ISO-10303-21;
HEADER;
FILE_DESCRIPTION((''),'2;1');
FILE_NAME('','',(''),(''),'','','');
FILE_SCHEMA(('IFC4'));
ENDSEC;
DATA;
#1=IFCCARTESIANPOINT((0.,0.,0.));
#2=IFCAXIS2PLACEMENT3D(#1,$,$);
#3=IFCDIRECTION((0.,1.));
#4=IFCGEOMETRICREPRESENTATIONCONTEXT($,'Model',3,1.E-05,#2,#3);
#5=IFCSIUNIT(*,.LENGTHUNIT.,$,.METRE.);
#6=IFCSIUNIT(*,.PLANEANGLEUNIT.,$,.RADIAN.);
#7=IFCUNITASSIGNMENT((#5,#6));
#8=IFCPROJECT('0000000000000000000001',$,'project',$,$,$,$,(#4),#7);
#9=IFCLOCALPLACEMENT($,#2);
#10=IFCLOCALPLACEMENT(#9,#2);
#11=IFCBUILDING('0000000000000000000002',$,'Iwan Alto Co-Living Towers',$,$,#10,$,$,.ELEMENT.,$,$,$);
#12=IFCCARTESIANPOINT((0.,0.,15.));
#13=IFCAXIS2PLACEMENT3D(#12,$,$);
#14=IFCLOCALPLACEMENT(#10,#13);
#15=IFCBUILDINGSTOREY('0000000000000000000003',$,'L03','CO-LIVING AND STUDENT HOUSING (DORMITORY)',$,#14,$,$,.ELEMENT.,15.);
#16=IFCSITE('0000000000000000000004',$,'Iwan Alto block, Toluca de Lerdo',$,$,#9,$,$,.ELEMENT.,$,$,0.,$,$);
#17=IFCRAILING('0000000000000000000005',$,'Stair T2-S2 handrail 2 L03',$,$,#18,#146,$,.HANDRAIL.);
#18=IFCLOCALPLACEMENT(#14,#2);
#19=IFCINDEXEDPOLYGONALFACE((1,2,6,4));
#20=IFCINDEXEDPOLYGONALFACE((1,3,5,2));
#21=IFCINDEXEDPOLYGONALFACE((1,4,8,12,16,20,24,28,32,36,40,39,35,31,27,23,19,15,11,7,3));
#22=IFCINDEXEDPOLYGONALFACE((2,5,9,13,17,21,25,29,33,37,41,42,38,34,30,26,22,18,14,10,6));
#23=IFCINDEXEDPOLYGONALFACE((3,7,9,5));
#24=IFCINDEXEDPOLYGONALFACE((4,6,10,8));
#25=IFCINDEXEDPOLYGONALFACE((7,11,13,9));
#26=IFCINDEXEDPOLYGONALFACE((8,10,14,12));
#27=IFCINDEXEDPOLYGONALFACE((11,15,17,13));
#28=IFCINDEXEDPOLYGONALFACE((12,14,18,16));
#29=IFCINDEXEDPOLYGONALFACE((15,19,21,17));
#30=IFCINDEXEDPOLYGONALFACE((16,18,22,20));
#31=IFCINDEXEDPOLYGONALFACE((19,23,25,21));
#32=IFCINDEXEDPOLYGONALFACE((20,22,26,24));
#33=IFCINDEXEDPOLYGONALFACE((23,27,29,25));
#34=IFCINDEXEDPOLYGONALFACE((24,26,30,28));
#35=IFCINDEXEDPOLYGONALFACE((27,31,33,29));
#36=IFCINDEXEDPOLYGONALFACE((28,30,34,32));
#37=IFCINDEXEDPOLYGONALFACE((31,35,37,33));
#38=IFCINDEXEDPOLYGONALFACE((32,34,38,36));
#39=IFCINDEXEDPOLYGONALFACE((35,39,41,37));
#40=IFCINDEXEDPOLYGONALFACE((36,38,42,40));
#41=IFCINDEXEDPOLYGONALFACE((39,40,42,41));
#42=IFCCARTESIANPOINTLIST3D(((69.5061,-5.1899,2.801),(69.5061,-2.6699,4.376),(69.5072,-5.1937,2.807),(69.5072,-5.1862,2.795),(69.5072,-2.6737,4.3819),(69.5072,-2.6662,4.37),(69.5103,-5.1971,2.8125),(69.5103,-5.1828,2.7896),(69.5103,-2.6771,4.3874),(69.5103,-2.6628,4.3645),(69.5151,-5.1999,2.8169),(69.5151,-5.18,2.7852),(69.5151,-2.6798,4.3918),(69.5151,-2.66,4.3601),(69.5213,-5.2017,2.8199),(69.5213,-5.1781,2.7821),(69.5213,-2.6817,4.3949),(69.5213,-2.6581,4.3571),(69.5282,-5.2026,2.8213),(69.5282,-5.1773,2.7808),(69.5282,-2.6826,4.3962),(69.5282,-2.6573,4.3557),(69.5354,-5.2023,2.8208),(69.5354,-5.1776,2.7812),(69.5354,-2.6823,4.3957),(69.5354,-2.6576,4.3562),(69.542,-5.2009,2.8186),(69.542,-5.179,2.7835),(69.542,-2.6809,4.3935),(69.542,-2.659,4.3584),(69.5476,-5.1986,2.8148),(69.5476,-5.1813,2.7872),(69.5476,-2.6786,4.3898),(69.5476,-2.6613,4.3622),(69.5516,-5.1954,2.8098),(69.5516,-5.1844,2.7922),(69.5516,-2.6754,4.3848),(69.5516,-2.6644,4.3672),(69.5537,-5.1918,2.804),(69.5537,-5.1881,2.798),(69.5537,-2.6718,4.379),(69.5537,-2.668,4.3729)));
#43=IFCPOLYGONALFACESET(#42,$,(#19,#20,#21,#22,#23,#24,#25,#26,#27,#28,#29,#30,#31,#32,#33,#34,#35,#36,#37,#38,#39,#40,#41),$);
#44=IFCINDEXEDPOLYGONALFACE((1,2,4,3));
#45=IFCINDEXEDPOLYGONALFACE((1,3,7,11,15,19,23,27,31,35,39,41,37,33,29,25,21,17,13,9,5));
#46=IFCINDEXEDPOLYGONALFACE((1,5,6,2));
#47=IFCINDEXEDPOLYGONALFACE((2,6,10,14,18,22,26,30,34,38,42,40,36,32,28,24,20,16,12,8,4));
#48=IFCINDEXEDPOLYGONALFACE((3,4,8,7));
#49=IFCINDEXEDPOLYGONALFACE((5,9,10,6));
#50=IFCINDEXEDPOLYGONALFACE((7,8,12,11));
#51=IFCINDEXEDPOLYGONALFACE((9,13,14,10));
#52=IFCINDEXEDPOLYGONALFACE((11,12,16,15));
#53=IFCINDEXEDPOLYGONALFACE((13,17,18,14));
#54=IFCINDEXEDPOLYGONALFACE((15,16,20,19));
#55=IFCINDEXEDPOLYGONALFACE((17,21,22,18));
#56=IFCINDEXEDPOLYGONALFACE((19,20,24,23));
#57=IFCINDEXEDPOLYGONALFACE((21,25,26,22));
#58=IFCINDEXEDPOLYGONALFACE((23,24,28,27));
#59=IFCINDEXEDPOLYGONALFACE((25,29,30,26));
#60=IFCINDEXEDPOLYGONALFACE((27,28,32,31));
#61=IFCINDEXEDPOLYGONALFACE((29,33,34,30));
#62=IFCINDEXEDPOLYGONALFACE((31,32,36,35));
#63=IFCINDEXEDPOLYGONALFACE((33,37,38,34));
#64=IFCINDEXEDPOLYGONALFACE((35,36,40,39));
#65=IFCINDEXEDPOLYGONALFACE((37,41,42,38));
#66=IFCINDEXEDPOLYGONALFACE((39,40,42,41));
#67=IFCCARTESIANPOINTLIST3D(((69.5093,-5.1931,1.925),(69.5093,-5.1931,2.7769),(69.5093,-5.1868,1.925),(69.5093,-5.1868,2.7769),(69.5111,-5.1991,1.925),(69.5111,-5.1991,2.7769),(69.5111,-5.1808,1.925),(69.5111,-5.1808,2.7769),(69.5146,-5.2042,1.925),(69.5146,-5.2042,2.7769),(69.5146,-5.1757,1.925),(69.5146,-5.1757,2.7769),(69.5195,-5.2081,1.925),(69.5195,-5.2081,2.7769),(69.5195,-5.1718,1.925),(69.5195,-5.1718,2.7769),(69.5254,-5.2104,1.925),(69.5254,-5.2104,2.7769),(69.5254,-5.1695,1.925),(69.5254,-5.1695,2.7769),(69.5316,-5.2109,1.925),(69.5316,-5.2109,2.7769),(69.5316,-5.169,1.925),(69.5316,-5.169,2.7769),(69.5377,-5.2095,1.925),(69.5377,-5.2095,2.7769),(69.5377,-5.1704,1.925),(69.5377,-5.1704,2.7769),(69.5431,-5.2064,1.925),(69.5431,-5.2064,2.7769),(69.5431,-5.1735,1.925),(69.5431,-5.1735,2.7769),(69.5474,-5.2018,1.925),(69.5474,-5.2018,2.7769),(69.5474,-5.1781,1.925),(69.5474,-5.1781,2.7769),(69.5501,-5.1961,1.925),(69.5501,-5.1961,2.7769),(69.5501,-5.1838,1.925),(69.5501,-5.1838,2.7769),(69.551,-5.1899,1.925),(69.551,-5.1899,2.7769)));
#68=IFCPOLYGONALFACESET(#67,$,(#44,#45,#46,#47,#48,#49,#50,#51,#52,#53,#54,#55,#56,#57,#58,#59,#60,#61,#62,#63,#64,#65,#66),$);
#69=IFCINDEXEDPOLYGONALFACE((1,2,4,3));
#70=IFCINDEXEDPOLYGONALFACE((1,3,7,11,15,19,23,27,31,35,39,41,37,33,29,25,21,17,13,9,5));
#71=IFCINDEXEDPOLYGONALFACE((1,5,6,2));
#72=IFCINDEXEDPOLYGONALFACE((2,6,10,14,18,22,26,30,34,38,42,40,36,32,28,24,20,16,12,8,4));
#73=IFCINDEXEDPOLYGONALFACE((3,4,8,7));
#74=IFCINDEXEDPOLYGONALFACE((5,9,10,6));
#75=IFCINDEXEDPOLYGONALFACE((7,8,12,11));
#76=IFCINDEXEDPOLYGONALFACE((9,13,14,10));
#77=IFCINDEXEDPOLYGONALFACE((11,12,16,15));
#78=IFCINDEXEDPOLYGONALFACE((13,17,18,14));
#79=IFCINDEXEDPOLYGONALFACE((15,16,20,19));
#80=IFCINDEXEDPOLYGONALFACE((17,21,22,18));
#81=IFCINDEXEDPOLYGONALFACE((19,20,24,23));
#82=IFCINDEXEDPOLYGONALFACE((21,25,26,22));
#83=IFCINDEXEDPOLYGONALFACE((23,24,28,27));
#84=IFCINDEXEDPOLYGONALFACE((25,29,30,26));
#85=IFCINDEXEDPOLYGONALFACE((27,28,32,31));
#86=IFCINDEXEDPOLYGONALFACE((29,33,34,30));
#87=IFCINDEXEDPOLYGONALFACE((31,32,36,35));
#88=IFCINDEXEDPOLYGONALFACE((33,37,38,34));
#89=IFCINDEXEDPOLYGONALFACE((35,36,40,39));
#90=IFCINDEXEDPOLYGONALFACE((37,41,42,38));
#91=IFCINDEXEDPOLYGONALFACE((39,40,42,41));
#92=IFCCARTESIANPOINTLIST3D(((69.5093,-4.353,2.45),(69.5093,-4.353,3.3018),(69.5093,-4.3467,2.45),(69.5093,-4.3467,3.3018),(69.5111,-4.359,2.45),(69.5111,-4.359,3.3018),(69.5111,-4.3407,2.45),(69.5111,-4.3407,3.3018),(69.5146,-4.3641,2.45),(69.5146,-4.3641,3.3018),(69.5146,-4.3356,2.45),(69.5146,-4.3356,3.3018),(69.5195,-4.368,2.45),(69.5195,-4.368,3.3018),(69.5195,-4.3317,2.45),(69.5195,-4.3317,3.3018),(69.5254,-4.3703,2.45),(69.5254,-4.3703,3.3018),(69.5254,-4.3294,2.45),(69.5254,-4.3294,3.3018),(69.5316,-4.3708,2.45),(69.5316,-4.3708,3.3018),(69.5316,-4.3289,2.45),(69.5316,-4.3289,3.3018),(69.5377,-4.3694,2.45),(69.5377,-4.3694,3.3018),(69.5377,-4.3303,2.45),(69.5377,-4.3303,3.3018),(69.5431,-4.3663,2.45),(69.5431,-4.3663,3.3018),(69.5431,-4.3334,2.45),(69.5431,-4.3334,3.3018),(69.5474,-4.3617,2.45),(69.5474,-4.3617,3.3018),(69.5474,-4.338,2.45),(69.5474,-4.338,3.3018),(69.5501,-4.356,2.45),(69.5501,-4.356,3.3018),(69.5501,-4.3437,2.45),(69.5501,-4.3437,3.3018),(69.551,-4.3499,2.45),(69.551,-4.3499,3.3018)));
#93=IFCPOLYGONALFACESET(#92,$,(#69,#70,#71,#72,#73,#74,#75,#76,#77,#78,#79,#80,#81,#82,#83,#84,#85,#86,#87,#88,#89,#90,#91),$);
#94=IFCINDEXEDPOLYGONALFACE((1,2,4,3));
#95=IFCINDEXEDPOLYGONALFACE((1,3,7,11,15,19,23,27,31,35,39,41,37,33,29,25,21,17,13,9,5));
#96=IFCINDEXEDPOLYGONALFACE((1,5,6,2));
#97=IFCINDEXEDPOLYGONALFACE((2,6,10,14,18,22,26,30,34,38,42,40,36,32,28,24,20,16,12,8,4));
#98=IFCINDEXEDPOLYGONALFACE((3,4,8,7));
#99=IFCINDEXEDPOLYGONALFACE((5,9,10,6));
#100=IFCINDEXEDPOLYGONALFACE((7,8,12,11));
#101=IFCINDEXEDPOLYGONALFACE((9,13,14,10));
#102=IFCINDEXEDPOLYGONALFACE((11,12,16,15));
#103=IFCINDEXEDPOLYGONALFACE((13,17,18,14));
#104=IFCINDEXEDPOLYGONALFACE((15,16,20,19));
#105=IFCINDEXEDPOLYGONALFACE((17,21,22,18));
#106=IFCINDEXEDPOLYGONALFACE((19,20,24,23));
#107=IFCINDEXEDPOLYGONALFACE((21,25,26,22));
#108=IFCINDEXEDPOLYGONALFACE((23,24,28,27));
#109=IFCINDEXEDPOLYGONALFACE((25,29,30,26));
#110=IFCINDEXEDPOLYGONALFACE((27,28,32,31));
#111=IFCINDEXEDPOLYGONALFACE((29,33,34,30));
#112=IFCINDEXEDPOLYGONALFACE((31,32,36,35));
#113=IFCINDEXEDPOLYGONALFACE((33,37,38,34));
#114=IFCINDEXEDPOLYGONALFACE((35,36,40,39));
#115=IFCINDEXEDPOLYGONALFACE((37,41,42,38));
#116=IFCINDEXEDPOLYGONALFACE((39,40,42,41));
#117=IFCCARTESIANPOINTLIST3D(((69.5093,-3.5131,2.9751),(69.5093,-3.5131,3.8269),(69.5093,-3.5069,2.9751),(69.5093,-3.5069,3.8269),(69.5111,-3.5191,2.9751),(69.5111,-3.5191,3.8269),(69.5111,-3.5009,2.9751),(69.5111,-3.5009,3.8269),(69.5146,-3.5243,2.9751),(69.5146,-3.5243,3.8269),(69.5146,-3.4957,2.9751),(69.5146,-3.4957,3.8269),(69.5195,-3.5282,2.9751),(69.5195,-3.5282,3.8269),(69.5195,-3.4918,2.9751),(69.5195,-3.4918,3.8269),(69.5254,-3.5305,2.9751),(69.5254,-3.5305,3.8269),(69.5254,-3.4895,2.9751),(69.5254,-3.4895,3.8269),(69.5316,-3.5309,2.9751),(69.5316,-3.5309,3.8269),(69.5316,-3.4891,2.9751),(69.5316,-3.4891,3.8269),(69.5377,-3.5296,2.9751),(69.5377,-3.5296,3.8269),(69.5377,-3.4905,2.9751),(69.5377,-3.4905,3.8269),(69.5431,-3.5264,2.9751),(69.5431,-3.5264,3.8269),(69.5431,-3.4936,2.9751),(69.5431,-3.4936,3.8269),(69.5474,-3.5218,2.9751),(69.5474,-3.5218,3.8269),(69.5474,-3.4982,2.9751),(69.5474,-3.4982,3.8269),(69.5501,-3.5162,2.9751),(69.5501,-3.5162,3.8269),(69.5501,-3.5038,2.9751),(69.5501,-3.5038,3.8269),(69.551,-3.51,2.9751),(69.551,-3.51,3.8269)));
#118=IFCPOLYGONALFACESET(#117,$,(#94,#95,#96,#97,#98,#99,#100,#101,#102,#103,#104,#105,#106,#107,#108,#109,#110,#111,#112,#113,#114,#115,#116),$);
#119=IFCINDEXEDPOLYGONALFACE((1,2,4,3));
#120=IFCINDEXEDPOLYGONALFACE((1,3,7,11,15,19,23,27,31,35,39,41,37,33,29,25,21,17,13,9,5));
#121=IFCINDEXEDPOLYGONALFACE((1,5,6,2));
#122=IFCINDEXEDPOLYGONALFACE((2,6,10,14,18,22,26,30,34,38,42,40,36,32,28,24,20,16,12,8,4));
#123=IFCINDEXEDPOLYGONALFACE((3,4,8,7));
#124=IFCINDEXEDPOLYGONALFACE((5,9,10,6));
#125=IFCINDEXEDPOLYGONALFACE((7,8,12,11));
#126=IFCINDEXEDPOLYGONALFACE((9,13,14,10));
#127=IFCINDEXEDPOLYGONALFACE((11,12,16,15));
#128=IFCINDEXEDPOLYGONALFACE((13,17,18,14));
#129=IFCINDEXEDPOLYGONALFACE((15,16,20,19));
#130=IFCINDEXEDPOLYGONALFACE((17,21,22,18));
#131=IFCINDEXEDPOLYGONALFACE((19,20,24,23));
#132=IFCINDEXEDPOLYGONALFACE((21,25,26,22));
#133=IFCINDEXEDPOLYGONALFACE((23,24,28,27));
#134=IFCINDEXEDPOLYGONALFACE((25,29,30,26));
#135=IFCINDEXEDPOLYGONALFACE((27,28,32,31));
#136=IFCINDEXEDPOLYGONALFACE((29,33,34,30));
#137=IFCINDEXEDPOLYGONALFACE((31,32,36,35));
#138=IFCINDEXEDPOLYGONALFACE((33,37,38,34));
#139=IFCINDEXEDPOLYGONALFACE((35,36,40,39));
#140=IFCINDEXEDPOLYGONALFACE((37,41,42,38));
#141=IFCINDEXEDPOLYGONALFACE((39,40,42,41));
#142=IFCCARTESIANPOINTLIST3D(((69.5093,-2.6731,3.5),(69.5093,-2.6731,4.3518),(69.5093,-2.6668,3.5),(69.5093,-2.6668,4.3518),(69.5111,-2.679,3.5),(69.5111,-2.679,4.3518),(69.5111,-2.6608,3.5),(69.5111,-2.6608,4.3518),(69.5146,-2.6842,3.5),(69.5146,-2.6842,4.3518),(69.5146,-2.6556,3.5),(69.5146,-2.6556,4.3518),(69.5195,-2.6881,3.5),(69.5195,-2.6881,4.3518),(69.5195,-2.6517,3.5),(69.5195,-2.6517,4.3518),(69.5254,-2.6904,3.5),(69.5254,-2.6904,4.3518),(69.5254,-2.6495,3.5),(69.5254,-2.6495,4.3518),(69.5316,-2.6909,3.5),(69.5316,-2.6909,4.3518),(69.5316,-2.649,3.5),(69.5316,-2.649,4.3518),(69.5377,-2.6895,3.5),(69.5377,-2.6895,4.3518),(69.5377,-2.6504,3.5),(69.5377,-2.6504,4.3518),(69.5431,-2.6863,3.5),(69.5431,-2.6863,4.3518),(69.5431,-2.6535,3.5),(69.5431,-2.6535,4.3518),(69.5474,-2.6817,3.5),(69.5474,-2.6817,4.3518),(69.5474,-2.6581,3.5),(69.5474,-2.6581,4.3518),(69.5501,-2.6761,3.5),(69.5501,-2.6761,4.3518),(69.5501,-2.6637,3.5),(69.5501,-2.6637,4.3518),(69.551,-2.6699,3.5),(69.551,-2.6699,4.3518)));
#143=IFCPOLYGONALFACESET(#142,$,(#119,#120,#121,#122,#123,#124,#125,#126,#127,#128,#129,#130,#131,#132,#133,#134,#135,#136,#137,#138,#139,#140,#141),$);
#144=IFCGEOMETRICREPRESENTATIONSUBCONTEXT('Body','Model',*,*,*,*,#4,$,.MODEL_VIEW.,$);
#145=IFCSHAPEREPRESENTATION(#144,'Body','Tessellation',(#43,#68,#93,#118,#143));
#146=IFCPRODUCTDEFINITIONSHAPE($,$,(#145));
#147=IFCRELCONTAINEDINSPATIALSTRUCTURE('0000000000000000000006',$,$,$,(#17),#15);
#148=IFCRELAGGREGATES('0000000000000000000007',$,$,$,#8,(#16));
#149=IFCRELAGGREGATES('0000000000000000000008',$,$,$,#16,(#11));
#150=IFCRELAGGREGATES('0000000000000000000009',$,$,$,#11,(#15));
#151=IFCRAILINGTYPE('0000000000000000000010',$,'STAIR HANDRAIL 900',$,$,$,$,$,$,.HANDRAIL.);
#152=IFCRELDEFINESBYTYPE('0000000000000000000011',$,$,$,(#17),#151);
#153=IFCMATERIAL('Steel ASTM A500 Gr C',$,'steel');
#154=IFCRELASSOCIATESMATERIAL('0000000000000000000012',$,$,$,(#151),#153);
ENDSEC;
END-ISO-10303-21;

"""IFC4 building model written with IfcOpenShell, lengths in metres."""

from ifc_helpers import new_model, si_unit, direction, frame, origin, origin_2d, place, context, subcontext, project, spatial, circle, extrude, material, type_object, element, save


model = new_model("IFC4")

# Units and contexts
model_context = context("Model", 3, precision=1e-05, world=origin(), true_north=direction((0.0, 1.0)))
body_context = subcontext(model_context, "Body", "Model", "MODEL_VIEW")
ifc_project = project(units=[si_unit("LENGTHUNIT", "METRE"), si_unit("PLANEANGLEUNIT", "RADIAN")], contexts=[model_context])

# Site, building, storey
site_placement = place(None, origin())
site = spatial("IfcSite", under=ifc_project, at=site_placement, Name="Iwan Alto block, Toluca de Lerdo", CompositionType="ELEMENT", RefElevation=0.0)
building_placement = place(site_placement, origin())
building = spatial("IfcBuilding", under=site, at=building_placement, Name="Iwan Alto Co-Living Towers", CompositionType="ELEMENT")
storey_placement = place(building_placement, frame((0.0, 0.0, 15.0)))
storey = spatial("IfcBuildingStorey", under=building, at=storey_placement, Name="L03", Description="CO-LIVING AND STUDENT HOUSING (DORMITORY)", CompositionType="ELEMENT", Elevation=15.0)

# Railing
ifc_material_1 = material(Name="Steel ASTM A500 Gr C", Category="steel")
railing_type_1 = type_object("IfcRailingType", Name="STAIR HANDRAIL 900", PredefinedType="HANDRAIL", material=ifc_material_1)
railing_1_placement = place(storey_placement, frame((69.53, -5.1899, 1.925)))
element("IfcRailing", 1, at=railing_1_placement, inside=storey, type_object=railing_type_1, Name="Stair T2-S2 handrail 2 L03", PredefinedType="HANDRAIL", context=body_context, shape_type="SweptSolid", body=[
    extrude(circle(Radius=0.0239, at=origin_2d()), frame((0.0, 0.0, 0.876), z_axis=(0.0, 0.848008, 0.529984), x_axis=(-1.0, 0.0, 0.0)), (0.0, 0.0, 1.0), 2.9717),
    extrude(circle(Radius=0.021, at=origin_2d()), origin(), (0.0, 0.0, 1.0), 0.8518),
    extrude(circle(Radius=0.021, at=origin_2d()), frame((0.0, 0.8401, 0.5249)), (0.0, 0.0, 1.0), 0.8518),
    extrude(circle(Radius=0.021, at=origin_2d()), frame((0.0, 1.6799, 1.05)), (0.0, 0.0, 1.0), 0.8518),
    extrude(circle(Radius=0.021, at=origin_2d()), frame((0.0, 2.52, 1.575)), (0.0, 0.0, 1.0), 0.8518),
])

save(model, "model.ifc")
